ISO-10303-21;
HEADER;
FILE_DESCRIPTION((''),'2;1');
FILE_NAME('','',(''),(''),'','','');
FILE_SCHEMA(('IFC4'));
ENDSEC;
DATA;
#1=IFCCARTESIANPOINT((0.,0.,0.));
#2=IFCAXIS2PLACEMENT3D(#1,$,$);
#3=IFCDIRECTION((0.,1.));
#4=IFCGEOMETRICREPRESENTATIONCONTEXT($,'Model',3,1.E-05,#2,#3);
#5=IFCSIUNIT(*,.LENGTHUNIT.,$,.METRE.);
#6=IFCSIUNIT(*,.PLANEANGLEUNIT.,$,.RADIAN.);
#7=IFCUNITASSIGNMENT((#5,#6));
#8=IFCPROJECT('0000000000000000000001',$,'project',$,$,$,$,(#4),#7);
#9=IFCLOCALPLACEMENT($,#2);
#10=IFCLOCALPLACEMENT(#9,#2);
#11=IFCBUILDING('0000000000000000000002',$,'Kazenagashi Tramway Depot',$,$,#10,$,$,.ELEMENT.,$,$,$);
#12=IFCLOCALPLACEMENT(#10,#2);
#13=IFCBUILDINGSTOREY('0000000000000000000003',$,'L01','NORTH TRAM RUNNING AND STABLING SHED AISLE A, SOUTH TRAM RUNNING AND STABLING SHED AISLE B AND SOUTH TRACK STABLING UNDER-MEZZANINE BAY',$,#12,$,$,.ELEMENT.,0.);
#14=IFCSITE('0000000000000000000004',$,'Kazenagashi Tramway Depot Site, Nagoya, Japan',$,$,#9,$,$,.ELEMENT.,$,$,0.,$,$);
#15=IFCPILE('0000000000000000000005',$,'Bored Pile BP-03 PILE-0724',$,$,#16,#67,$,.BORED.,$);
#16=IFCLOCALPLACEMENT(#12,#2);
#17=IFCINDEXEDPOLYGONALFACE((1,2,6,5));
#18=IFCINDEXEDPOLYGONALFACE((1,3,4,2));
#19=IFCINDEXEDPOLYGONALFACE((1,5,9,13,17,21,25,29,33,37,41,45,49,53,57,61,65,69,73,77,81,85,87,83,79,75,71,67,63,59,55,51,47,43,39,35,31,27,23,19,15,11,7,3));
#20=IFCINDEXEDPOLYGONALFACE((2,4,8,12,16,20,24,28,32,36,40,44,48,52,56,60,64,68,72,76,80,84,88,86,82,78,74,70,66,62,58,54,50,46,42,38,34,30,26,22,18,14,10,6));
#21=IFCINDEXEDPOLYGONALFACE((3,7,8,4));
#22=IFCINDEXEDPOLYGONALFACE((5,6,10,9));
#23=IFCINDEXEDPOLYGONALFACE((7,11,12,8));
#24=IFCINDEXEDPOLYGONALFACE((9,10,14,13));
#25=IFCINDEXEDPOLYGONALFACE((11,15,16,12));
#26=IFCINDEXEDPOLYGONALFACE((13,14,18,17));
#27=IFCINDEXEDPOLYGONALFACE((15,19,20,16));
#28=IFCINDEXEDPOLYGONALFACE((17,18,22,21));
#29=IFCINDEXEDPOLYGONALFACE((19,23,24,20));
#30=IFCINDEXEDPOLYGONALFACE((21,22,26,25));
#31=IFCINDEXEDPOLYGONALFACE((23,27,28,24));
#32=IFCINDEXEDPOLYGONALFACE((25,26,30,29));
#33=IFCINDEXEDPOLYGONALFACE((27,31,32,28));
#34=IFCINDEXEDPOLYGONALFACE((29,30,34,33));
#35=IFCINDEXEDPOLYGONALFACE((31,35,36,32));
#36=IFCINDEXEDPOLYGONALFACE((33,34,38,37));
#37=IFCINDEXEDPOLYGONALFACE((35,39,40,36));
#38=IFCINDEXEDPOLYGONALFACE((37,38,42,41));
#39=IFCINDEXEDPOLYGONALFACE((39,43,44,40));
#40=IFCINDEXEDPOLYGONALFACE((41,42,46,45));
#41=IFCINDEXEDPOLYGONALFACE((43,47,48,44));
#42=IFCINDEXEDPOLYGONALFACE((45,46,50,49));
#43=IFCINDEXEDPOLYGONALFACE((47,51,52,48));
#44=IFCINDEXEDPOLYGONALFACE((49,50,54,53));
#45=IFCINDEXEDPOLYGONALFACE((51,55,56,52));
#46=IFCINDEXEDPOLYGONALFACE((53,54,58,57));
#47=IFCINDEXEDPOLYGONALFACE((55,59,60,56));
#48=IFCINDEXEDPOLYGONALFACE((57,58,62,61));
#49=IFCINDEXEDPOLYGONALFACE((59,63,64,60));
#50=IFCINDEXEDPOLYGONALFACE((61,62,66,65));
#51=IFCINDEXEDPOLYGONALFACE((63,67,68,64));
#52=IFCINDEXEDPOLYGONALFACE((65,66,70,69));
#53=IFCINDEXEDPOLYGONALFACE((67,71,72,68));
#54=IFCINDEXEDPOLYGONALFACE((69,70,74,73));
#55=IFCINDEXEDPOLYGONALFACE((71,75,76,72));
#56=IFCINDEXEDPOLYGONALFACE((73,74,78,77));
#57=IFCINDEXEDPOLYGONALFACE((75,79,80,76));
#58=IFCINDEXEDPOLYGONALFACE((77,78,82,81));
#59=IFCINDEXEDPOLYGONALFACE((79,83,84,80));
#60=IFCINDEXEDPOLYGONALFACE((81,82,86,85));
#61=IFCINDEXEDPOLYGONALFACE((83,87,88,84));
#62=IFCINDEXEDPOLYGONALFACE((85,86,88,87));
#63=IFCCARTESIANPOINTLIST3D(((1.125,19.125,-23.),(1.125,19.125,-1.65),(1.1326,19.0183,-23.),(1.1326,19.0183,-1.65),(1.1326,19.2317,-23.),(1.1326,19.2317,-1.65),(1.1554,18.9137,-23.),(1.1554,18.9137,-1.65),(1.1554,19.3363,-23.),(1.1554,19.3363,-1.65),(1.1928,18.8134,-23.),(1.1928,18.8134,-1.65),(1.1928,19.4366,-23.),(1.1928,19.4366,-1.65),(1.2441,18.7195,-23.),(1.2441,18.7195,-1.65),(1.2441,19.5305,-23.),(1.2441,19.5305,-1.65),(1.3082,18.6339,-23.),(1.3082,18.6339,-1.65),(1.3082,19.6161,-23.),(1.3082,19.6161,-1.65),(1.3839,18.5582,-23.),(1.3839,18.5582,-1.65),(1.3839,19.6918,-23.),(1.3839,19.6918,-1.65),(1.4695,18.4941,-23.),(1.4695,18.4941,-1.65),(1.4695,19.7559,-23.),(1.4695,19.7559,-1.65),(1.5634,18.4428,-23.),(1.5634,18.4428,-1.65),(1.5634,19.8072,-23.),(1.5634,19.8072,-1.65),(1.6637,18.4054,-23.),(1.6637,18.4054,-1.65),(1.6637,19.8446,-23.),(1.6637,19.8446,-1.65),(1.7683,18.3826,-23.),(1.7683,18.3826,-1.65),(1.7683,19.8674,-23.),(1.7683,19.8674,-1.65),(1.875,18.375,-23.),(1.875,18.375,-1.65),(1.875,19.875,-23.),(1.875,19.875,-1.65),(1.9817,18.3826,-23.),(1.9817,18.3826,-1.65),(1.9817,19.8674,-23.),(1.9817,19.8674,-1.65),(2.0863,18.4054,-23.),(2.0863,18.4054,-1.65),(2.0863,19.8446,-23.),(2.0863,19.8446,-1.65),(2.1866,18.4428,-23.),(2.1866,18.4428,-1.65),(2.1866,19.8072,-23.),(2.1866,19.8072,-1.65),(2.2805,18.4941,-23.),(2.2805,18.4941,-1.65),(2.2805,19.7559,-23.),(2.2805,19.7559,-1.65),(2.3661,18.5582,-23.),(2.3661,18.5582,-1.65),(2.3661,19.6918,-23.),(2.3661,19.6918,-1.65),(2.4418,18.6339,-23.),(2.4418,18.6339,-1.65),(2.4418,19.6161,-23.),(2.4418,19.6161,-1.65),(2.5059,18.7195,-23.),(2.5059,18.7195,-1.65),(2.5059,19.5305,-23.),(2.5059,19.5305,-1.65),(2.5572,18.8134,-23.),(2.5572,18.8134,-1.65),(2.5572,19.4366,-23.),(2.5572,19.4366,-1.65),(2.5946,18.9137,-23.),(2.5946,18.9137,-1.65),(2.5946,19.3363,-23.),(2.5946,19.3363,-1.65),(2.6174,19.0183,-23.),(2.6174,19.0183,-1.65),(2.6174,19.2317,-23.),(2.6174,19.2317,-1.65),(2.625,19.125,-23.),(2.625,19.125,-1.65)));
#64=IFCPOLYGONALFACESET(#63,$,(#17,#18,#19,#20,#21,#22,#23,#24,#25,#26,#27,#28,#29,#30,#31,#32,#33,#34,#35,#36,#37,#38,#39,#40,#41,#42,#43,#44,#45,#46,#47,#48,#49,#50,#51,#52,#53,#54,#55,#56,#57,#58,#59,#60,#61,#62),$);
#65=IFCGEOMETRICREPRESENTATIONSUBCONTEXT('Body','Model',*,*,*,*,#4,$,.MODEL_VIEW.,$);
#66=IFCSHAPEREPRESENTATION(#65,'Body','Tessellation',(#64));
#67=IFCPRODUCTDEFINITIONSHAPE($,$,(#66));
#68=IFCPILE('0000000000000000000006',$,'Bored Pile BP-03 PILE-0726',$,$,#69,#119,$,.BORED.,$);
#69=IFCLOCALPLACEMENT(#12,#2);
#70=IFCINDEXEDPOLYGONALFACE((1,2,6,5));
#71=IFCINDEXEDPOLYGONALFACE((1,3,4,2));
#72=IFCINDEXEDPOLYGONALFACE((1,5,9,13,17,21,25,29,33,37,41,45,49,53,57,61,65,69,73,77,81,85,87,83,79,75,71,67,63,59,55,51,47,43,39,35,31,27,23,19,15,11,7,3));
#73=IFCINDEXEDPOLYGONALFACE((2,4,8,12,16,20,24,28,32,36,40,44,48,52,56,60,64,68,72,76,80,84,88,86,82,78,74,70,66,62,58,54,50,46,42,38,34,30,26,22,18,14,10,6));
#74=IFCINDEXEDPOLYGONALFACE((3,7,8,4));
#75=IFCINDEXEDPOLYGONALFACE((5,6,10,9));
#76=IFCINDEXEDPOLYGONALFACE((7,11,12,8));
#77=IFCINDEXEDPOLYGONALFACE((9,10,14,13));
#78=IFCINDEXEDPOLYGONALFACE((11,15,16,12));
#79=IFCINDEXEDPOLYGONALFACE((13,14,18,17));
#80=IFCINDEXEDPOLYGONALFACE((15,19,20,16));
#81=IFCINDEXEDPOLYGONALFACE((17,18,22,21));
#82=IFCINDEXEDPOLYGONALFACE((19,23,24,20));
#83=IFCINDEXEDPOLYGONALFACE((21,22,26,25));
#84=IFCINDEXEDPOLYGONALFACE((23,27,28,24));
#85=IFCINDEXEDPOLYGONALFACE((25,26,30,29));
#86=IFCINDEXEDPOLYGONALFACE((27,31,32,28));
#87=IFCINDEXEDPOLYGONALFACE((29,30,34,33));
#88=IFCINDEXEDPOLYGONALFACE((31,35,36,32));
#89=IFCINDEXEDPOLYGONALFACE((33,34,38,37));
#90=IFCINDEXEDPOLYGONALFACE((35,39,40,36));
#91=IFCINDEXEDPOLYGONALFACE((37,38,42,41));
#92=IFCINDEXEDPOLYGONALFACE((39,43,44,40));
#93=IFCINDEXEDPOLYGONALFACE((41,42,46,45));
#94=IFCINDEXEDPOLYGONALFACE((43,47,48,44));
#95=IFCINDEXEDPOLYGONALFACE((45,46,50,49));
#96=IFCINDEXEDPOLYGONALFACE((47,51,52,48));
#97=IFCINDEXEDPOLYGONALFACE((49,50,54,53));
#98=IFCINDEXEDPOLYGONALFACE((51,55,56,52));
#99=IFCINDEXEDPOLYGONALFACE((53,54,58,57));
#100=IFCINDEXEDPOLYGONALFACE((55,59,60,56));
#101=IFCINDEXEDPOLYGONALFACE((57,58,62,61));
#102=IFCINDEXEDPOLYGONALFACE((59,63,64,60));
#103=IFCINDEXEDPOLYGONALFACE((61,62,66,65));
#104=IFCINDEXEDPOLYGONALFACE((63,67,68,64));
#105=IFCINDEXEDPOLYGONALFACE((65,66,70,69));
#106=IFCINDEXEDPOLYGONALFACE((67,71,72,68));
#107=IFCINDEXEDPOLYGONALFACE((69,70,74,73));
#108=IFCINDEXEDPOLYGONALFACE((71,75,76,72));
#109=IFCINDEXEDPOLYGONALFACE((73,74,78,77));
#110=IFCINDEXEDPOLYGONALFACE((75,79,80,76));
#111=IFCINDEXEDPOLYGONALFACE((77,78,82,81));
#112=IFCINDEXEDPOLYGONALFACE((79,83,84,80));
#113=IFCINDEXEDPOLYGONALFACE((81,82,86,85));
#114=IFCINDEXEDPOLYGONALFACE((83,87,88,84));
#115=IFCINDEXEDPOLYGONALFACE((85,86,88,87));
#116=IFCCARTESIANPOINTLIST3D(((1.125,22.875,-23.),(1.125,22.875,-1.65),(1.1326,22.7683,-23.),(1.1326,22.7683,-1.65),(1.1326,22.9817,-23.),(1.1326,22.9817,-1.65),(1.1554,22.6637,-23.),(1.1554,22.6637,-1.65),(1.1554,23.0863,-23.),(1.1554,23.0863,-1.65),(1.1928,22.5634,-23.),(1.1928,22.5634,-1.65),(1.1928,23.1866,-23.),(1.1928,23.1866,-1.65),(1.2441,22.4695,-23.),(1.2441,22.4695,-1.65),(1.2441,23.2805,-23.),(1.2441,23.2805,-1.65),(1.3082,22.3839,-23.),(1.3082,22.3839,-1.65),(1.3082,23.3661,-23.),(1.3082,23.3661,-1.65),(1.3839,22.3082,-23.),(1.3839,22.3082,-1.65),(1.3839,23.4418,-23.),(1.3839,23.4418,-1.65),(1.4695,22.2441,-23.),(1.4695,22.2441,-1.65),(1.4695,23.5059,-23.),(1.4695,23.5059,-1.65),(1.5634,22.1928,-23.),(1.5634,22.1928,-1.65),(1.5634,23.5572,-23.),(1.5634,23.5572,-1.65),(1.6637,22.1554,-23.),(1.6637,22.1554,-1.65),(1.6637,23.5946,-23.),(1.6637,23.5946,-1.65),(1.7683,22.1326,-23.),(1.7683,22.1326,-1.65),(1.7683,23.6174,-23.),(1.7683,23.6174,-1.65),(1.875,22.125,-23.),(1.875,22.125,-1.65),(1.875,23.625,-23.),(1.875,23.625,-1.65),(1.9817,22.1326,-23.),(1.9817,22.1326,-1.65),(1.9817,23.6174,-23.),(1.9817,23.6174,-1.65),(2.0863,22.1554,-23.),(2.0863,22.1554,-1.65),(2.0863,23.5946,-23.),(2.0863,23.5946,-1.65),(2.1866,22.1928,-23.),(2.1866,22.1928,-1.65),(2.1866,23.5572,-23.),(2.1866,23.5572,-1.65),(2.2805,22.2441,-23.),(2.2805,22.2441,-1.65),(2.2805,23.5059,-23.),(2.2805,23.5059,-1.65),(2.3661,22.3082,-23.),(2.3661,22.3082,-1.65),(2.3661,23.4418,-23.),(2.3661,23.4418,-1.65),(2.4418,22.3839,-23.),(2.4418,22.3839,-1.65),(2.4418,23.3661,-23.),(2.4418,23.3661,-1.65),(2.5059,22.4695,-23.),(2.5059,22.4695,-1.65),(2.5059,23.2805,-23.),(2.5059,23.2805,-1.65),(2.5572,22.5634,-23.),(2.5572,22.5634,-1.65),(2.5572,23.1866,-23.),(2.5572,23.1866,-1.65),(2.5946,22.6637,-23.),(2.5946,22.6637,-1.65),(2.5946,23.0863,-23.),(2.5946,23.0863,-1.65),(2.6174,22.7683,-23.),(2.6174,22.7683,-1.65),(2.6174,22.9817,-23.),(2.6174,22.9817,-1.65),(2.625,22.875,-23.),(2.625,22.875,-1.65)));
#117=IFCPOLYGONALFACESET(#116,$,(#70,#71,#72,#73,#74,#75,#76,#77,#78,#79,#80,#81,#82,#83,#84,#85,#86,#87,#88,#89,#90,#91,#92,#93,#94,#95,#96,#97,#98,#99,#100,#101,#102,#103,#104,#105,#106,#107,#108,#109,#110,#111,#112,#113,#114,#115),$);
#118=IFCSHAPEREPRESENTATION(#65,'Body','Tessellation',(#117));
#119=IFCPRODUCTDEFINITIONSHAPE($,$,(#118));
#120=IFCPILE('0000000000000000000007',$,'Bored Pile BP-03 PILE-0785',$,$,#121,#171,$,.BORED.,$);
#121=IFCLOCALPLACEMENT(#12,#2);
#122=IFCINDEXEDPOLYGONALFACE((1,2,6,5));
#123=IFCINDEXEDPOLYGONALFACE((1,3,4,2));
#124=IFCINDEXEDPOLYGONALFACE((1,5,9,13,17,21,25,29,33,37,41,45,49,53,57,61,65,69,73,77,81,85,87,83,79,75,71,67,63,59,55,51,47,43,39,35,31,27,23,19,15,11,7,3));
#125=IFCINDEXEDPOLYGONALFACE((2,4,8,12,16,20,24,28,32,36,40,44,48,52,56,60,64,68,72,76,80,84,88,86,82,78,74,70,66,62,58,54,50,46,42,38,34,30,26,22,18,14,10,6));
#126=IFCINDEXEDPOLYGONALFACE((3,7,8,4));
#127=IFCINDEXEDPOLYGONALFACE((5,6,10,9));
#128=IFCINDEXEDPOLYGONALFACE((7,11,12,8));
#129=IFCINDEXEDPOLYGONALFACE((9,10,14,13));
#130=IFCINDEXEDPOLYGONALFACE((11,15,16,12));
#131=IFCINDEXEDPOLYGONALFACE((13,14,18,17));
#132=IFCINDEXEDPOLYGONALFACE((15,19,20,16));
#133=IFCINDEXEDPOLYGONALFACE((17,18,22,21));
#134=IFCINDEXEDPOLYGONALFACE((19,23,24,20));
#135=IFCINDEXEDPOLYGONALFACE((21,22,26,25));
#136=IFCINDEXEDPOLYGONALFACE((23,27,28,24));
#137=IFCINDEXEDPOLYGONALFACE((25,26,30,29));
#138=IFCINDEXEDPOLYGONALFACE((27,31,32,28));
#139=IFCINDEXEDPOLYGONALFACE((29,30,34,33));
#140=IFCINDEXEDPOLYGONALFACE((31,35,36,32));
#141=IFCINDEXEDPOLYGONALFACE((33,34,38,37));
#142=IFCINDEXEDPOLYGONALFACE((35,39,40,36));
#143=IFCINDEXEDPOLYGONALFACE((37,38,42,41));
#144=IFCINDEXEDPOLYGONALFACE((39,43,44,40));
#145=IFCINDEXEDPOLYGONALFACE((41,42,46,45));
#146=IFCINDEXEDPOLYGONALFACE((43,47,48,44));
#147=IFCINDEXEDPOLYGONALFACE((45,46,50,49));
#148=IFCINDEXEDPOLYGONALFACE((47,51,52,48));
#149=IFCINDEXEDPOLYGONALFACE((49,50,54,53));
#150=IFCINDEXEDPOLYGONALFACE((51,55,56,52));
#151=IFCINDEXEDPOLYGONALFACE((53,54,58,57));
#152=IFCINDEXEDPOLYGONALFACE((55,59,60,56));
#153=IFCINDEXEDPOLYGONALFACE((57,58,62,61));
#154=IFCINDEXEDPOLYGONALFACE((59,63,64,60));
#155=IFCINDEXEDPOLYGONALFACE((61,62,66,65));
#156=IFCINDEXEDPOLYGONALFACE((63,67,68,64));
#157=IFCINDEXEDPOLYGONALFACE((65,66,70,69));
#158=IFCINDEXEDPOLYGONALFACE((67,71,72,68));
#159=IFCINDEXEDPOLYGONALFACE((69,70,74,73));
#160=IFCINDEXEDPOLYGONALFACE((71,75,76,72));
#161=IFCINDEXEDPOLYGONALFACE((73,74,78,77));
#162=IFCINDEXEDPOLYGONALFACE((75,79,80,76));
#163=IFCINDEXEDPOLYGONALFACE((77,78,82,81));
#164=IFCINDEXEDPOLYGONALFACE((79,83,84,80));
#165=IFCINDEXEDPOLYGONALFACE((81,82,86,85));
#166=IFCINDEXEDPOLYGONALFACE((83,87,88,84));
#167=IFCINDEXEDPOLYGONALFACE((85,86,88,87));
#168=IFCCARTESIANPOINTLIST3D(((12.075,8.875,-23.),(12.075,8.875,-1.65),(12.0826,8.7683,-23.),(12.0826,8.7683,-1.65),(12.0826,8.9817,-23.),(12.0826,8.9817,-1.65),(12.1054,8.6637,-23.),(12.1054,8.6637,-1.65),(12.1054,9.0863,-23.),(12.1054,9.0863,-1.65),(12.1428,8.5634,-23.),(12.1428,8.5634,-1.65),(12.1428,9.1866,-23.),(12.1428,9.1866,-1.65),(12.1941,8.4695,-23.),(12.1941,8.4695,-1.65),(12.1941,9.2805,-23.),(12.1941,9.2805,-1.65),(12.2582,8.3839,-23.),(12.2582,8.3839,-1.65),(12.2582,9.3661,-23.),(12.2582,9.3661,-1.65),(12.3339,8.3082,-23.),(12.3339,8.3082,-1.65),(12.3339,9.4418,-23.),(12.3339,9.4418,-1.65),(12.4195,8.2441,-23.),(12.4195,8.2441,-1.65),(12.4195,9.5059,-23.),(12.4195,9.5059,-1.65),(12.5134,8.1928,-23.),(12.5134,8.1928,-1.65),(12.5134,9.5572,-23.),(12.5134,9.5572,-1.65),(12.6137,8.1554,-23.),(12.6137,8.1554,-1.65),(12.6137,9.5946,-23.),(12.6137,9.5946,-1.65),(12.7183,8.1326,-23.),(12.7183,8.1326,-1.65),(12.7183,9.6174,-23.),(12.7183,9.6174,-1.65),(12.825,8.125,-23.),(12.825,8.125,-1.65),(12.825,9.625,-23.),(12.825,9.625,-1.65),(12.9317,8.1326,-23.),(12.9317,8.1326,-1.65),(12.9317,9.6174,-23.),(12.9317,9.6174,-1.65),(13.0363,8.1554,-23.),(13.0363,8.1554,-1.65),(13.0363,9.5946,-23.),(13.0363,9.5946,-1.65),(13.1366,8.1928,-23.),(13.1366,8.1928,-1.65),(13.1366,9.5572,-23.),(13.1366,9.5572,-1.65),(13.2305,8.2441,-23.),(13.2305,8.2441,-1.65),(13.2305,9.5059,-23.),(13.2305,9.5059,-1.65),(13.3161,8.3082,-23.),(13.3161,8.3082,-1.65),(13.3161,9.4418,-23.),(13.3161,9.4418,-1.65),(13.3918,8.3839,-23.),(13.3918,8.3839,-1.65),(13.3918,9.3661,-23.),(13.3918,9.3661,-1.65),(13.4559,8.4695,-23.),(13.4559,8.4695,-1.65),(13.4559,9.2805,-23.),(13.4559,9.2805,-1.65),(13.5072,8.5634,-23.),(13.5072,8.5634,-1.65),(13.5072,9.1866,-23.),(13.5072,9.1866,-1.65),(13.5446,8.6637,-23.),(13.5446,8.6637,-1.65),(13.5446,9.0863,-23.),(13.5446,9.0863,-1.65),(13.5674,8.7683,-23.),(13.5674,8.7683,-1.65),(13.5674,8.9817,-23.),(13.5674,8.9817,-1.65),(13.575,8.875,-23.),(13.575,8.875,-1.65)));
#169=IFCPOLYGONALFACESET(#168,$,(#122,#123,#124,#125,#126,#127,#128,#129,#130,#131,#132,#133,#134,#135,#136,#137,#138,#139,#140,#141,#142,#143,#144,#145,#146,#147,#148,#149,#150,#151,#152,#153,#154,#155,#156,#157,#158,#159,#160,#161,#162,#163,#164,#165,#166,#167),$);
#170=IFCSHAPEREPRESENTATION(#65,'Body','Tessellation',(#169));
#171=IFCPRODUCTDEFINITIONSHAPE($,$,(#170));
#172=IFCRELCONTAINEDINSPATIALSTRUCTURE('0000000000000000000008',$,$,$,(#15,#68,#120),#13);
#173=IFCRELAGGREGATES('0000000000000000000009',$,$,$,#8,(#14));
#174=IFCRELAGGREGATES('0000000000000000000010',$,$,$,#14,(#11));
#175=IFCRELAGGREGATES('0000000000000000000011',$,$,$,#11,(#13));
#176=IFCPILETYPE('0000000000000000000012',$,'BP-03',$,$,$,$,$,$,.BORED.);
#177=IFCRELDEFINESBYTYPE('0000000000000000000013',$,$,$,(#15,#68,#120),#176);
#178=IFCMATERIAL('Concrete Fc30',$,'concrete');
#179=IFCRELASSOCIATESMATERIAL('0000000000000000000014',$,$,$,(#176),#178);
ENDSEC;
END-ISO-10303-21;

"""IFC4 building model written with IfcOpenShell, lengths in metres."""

from ifc_helpers import new_model, si_unit, direction, frame, origin, origin_2d, place, context, subcontext, project, spatial, circle, extrude, material, material_profile, profile_set, type_object, element, save


model = new_model("IFC4")

# Units and contexts
model_context = context("Model", 3, precision=1e-05, world=origin(), true_north=direction((0.0, 1.0)))
body_context = subcontext(model_context, "Body", "Model", "MODEL_VIEW")
ifc_project = project(units=[si_unit("LENGTHUNIT", "METRE"), si_unit("PLANEANGLEUNIT", "RADIAN")], contexts=[model_context])

# Site, building, storey
site_placement = place(None, origin())
site = spatial("IfcSite", under=ifc_project, at=site_placement, Name="Kazenagashi Tramway Depot Site, Nagoya, Japan", CompositionType="ELEMENT", RefElevation=0.0)
building_placement = place(site_placement, origin())
building = spatial("IfcBuilding", under=site, at=building_placement, Name="Kazenagashi Tramway Depot", CompositionType="ELEMENT")
storey_placement = place(building_placement, origin())
storey = spatial("IfcBuildingStorey", under=building, at=storey_placement, Name="L01", Description="NORTH TRAM RUNNING AND STABLING SHED AISLE A, SOUTH TRAM RUNNING AND STABLING SHED AISLE B AND SOUTH TRACK STABLING UNDER-MEZZANINE BAY", CompositionType="ELEMENT", Elevation=0.0)

# Piles
ifc_material_1 = material(Name="Concrete Fc30", Category="concrete")
ifc_material_profile_1 = material_profile(ifc_material_1, circle(Radius=0.75, at=origin_2d()), Name="PILE-1500")
ifc_profile_set_1 = profile_set([ifc_material_profile_1], Name="Concrete Fc30")
pile_type = type_object("IfcPileType", Name="BP-03", PredefinedType="BORED", material=ifc_profile_set_1)
for number, where, z_axis, x_axis, name in (
    (1, (1.875, 19.125, -1.65), (0.0, 0.0, -1.0), (1.0, 0.0, 0.0), "Bored Pile BP-03 PILE-0724"),
    (2, (1.875, 22.875, -1.65), (0.0, 0.0, -1.0), (1.0, 0.0, 0.0), "Bored Pile BP-03 PILE-0726"),
    (3, (12.825, 8.875, -1.65), (0.0, 0.0, -1.0), (1.0, 0.0, 0.0), "Bored Pile BP-03 PILE-0785"),
):
    element("IfcPile", number, at=place(storey_placement, frame(where, z_axis=z_axis, x_axis=x_axis)), inside=storey, type_object=pile_type, Name=name, PredefinedType="BORED", context=body_context, shape_type="SweptSolid", body=[
        extrude(circle(Radius=0.75, at=origin_2d()), origin(), (0.0, 0.0, 1.0), 21.35),
    ])

save(model, "model.ifc")
